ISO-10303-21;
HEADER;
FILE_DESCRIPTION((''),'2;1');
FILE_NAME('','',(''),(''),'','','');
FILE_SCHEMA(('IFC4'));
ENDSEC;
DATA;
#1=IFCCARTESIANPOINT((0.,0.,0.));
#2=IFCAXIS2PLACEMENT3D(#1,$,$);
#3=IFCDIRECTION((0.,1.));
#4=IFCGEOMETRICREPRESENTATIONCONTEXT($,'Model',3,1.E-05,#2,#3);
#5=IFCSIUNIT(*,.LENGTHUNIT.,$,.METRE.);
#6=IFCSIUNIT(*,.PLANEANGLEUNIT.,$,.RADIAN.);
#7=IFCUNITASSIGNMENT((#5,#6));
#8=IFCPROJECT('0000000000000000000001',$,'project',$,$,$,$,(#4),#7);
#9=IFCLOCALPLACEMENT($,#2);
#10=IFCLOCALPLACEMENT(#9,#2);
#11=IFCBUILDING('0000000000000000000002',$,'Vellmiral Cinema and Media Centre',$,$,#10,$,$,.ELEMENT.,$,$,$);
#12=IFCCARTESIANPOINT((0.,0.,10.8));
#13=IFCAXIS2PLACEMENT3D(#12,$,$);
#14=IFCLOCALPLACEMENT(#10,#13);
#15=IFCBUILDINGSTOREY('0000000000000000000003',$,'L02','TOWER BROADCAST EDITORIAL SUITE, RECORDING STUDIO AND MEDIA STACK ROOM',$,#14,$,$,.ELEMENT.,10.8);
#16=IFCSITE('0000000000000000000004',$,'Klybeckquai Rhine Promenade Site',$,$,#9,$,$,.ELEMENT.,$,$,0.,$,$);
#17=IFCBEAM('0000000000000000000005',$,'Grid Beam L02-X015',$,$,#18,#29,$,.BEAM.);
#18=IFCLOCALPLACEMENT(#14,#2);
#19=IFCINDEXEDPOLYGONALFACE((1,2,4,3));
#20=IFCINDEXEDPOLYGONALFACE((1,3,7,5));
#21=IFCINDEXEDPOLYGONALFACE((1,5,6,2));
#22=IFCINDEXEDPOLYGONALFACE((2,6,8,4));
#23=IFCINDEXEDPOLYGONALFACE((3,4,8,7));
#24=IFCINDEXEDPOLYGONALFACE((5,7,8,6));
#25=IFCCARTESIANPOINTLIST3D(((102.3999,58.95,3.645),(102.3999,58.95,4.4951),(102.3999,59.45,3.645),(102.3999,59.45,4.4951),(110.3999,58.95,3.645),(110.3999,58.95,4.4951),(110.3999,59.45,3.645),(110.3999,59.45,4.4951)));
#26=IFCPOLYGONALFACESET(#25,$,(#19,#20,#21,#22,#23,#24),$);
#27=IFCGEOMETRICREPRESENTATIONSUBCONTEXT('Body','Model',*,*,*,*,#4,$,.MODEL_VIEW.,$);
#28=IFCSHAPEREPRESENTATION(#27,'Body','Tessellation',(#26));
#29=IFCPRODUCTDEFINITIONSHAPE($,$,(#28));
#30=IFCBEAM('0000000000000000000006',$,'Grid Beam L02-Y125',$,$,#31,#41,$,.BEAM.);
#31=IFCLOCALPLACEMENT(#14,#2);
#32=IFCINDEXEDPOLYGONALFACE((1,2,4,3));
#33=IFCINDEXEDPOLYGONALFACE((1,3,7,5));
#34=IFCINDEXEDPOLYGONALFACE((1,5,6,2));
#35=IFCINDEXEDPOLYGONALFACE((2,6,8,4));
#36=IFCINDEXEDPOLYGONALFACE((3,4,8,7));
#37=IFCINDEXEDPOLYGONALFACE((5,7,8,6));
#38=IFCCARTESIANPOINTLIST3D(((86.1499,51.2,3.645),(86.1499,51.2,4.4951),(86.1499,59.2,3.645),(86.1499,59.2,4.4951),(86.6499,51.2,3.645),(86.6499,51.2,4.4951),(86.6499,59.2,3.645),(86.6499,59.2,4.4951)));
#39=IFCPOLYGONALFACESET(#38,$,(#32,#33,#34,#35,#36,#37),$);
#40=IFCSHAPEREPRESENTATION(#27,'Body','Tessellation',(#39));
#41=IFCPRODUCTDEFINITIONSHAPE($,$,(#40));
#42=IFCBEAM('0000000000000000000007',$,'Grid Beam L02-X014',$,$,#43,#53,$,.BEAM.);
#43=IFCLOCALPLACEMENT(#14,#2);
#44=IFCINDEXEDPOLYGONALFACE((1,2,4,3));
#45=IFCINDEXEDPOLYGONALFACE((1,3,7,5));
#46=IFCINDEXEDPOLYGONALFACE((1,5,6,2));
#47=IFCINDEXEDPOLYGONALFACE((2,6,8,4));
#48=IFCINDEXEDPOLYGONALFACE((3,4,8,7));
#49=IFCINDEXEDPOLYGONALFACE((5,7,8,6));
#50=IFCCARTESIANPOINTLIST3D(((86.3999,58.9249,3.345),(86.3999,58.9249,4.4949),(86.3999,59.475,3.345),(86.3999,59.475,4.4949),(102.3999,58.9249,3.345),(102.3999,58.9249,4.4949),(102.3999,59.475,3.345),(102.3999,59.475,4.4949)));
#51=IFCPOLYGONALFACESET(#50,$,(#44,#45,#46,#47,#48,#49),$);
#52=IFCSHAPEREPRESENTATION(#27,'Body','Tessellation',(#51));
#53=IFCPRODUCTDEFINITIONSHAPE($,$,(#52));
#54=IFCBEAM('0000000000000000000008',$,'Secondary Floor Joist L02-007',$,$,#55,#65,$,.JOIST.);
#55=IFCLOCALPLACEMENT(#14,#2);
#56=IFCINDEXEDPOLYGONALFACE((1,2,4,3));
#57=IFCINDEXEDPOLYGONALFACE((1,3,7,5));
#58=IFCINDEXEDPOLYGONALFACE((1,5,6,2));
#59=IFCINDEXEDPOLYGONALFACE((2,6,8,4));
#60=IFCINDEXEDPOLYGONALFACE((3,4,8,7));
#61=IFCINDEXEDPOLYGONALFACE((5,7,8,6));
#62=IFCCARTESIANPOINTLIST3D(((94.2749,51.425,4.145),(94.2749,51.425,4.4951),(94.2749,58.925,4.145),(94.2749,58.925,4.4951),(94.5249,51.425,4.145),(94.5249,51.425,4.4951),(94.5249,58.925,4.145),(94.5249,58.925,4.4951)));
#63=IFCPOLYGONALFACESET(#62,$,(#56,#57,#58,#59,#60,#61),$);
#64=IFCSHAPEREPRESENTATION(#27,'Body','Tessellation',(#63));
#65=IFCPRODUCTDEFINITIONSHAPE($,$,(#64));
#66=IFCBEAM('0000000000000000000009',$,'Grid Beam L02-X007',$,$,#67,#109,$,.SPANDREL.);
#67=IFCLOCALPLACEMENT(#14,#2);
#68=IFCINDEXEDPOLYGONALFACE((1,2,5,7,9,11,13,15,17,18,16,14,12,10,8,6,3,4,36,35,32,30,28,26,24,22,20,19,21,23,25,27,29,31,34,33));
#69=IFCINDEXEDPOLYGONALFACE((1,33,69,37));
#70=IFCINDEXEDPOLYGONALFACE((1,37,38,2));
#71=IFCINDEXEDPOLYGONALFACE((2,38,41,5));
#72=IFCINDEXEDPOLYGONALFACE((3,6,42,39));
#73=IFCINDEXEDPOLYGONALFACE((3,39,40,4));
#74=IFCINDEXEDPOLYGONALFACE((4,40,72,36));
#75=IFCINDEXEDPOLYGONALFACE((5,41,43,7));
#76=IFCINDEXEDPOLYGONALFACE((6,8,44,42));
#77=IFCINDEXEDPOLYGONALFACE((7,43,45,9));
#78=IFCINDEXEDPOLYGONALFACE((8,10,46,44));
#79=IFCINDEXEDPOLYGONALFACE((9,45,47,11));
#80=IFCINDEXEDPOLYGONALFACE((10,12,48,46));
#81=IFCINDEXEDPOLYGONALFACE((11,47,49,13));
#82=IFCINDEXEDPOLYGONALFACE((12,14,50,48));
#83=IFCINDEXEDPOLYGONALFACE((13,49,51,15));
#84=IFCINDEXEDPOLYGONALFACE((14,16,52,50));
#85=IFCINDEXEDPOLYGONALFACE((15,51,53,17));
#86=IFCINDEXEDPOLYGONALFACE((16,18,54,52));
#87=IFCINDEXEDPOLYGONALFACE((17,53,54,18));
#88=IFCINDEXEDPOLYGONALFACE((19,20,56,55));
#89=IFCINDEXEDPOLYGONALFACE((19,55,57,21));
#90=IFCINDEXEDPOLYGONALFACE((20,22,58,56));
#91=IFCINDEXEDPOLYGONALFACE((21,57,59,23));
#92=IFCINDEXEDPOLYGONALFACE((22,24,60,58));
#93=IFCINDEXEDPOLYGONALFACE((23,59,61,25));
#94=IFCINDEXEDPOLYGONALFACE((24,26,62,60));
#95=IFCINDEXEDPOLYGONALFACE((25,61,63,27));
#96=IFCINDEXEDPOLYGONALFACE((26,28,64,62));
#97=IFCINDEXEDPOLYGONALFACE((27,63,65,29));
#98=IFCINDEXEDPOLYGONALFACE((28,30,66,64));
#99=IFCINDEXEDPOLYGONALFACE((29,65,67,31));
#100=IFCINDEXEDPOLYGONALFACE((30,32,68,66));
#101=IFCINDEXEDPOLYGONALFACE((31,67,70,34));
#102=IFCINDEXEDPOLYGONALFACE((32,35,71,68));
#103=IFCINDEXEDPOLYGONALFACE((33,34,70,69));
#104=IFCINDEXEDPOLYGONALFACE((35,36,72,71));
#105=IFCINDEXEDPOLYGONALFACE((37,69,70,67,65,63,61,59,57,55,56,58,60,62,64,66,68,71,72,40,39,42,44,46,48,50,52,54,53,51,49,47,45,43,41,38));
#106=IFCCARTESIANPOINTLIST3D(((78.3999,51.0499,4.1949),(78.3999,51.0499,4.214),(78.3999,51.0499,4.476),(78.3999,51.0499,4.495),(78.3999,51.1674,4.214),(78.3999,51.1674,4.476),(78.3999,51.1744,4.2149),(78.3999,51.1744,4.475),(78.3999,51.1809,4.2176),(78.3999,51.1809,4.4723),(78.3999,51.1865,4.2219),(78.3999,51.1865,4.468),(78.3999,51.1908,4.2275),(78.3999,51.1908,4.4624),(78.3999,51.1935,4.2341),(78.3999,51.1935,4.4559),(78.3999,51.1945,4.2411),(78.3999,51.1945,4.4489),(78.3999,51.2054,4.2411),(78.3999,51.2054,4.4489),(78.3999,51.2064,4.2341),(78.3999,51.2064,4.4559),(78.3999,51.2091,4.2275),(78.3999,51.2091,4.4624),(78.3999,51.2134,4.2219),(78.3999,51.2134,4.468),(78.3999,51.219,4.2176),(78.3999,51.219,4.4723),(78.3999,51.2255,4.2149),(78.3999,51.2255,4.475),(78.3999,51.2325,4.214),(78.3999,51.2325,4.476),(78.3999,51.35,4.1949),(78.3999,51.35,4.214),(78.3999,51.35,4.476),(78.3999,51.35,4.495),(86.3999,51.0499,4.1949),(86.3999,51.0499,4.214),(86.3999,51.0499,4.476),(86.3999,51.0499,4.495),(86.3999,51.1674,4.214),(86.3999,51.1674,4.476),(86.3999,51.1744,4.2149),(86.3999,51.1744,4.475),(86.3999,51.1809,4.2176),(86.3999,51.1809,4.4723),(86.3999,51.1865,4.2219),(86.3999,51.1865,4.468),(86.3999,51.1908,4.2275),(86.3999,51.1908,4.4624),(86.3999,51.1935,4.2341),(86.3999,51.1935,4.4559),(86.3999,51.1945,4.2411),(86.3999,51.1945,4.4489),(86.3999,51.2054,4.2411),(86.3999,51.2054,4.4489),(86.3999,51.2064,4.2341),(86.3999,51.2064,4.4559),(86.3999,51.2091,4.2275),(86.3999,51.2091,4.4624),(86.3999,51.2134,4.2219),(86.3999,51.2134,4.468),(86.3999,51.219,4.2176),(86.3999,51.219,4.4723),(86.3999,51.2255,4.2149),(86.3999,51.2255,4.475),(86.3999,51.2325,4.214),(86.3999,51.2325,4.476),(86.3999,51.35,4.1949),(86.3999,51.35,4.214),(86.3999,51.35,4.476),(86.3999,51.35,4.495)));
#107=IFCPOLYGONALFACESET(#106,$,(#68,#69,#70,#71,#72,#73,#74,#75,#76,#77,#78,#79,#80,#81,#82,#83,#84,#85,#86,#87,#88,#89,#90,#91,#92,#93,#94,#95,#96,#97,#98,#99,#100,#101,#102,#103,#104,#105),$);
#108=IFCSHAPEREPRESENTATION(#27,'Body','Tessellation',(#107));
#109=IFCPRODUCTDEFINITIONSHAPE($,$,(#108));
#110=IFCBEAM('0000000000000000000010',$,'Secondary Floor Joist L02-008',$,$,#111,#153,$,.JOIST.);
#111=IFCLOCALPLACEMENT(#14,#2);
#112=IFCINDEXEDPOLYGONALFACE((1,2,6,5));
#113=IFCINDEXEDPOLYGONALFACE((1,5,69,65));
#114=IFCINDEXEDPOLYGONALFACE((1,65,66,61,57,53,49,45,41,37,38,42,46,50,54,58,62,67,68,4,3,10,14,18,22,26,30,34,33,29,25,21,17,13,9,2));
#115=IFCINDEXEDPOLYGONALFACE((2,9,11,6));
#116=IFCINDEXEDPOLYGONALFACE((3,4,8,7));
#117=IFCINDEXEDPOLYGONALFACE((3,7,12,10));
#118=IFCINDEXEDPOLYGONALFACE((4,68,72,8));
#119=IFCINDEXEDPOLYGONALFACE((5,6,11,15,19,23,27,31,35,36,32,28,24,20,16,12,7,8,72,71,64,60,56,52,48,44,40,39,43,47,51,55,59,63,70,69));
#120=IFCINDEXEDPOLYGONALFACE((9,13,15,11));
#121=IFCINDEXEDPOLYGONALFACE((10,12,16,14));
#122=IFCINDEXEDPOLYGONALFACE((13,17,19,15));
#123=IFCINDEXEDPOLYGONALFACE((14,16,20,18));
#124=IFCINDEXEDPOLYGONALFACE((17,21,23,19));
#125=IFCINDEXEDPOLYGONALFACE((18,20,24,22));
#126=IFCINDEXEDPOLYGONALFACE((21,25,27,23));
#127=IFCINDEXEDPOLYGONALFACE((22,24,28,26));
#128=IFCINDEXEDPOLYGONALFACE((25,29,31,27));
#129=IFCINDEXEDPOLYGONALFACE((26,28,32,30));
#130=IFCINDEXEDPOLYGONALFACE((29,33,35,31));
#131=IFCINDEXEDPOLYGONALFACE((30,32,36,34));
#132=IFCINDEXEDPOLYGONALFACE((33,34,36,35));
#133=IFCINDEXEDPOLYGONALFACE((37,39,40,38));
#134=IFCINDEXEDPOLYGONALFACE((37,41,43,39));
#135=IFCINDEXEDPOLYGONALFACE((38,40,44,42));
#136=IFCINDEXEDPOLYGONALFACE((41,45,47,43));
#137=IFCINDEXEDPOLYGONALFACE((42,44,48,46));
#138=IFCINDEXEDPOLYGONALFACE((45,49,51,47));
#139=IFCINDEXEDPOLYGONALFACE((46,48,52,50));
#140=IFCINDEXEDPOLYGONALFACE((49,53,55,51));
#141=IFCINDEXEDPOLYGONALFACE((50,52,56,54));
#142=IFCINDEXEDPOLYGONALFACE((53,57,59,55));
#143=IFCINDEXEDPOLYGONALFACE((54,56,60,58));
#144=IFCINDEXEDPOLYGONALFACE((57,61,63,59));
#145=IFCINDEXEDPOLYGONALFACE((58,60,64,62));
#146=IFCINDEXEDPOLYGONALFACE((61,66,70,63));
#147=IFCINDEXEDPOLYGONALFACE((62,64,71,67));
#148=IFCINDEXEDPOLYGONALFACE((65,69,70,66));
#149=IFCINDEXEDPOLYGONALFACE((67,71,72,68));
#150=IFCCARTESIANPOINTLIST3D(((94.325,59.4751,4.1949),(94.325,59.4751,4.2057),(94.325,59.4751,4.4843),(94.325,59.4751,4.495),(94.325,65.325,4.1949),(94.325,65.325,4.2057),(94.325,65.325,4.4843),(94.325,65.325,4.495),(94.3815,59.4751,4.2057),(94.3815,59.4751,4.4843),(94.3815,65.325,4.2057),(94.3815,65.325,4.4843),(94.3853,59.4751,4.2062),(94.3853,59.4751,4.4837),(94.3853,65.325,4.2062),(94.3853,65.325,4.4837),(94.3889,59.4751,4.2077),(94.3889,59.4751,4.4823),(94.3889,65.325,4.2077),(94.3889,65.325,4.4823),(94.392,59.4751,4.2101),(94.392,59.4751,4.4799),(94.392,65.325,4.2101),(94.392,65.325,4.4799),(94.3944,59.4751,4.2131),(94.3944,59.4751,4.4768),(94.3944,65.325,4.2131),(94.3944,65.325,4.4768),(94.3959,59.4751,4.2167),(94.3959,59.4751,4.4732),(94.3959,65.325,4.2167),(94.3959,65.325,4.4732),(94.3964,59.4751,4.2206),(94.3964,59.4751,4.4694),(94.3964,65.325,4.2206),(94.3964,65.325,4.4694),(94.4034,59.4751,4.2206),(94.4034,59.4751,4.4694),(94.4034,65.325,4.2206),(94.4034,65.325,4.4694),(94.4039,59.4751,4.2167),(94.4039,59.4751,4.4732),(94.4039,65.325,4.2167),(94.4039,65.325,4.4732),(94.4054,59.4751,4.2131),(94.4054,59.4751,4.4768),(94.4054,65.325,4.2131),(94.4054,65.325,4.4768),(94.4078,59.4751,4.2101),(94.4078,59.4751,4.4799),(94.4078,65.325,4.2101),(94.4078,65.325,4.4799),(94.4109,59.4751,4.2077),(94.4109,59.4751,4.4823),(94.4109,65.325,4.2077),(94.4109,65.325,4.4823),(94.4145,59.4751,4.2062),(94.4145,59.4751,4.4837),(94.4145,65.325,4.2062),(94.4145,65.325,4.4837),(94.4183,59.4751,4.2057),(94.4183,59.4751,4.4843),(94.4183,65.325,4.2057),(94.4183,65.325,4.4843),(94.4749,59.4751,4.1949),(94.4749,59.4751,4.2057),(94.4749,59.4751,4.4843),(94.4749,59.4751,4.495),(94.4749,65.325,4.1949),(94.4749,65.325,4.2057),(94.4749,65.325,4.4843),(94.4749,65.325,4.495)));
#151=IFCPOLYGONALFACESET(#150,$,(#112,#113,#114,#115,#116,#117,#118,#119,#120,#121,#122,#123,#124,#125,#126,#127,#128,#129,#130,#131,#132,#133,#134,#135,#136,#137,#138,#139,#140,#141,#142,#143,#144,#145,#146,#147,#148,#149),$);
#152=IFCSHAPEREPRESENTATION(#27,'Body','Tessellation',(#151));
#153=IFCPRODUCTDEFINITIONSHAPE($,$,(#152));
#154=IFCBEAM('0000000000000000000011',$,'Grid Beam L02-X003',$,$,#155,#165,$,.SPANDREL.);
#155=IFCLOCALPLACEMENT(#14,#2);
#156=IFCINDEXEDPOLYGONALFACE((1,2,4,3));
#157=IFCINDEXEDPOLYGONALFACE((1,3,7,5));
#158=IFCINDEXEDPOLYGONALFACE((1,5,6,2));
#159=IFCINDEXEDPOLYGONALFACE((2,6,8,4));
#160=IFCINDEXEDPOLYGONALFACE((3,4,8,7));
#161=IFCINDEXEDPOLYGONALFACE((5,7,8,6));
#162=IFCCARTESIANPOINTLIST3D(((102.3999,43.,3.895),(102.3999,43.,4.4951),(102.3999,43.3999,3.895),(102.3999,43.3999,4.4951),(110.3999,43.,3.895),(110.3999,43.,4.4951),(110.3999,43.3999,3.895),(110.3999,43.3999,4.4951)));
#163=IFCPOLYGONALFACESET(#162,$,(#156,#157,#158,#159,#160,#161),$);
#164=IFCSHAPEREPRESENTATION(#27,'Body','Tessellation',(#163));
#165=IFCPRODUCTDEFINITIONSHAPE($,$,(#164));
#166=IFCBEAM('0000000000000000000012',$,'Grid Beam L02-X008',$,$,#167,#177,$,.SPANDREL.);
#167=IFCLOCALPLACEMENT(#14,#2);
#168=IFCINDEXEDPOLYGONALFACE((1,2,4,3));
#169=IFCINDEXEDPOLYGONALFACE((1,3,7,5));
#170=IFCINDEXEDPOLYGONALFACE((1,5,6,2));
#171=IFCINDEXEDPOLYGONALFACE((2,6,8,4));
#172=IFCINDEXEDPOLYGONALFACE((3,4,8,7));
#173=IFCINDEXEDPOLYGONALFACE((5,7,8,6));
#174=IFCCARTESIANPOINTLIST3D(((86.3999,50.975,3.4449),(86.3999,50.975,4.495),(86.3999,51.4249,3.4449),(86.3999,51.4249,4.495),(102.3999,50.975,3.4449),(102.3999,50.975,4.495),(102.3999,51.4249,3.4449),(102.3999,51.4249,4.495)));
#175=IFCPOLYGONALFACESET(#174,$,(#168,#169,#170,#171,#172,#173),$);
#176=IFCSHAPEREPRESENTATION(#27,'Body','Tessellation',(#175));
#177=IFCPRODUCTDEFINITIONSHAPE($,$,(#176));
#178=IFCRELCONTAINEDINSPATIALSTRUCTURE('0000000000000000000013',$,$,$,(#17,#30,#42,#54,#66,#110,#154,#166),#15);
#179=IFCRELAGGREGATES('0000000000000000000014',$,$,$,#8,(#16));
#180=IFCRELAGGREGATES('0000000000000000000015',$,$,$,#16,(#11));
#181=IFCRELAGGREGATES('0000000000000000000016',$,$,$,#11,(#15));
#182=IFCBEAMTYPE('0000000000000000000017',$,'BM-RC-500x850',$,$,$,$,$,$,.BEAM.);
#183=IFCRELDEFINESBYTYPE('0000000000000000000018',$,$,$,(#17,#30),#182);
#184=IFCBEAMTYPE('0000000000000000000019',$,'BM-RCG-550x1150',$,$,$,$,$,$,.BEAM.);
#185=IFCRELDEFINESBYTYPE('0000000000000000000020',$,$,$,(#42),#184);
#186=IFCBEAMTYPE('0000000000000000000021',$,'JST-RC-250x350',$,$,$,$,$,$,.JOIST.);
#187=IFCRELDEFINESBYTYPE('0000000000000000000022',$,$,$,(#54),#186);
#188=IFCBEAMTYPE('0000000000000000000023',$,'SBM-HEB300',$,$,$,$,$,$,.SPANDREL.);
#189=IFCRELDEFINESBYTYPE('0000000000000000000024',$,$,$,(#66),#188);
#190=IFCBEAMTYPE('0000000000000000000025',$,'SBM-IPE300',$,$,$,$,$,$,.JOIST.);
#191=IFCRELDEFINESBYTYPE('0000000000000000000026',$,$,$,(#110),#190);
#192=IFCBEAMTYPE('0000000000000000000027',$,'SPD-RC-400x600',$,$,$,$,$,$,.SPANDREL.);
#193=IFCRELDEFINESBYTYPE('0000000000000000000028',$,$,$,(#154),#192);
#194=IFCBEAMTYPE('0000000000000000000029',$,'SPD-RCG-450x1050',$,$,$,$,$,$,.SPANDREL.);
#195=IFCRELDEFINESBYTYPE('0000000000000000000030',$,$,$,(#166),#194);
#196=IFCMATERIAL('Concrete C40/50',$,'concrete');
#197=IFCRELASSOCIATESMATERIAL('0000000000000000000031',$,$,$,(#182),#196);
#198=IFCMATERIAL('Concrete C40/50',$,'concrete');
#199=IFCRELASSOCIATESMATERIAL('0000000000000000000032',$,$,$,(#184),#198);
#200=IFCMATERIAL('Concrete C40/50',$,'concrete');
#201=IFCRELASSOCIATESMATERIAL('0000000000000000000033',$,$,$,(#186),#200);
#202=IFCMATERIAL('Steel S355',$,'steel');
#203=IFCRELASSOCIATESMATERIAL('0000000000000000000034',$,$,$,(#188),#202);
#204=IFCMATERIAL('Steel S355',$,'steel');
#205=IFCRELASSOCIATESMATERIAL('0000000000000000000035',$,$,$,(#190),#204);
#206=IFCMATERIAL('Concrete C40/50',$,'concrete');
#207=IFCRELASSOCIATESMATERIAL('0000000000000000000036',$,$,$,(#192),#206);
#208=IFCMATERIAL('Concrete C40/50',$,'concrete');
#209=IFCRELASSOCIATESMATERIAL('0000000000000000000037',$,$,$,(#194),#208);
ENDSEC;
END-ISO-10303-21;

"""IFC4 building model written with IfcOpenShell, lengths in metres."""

from ifc_helpers import new_model, si_unit, direction, frame, origin, origin_2d, place, context, subcontext, project, spatial, rectangle, i_section, extrude, material, material_profile, profile_set, type_object, element, save


model = new_model("IFC4")

# Units and contexts
model_context = context("Model", 3, precision=1e-05, world=origin(), true_north=direction((0.0, 1.0)))
body_context = subcontext(model_context, "Body", "Model", "MODEL_VIEW")
ifc_project = project(units=[si_unit("LENGTHUNIT", "METRE"), si_unit("PLANEANGLEUNIT", "RADIAN")], contexts=[model_context])

# Site, building, storey
site_placement = place(None, origin())
site = spatial("IfcSite", under=ifc_project, at=site_placement, Name="Klybeckquai Rhine Promenade Site", CompositionType="ELEMENT", RefElevation=0.0)
building_placement = place(site_placement, origin())
building = spatial("IfcBuilding", under=site, at=building_placement, Name="Vellmiral Cinema and Media Centre", CompositionType="ELEMENT")
storey_placement = place(building_placement, frame((0.0, 0.0, 10.8)))
storey = spatial("IfcBuildingStorey", under=building, at=storey_placement, Name="L02", Description="TOWER BROADCAST EDITORIAL SUITE, RECORDING STUDIO AND MEDIA STACK ROOM", CompositionType="ELEMENT", Elevation=10.8)

# Beams
ifc_material_1 = material(Name="Concrete C40/50", Category="concrete")
ifc_material_profile_1 = material_profile(ifc_material_1, rectangle(XDim=0.5, YDim=0.8501, at=origin_2d()), Name="RC 500x850")
ifc_profile_set_1 = profile_set([ifc_material_profile_1], Name="Concrete C40/50")
beam_type_1 = type_object("IfcBeamType", Name="BM-RC-500x850", PredefinedType="BEAM", material=ifc_profile_set_1)
for number, where, z_axis, x_axis, name in (
    (1, (102.3999, 59.2, 4.0701), (1.0, 0.0, 0.0), (0.0, 1.0, 0.0), "Grid Beam L02-X015"),
    (2, (86.3999, 51.2, 4.0701), (0.0, 1.0, 0.0), (-1.0, 0.0, 0.0), "Grid Beam L02-Y125"),
):
    element("IfcBeam", number, at=place(storey_placement, frame(where, z_axis=z_axis, x_axis=x_axis)), inside=storey, type_object=beam_type_1, Name=name, PredefinedType="BEAM", context=body_context, shape_type="SweptSolid", body=[
        extrude(rectangle(XDim=0.5, YDim=0.8501, at=origin_2d()), origin(), (0.0, 0.0, 1.0), 8.0),
    ])
ifc_material_2 = material(Name="Concrete C40/50", Category="concrete")
ifc_material_profile_2 = material_profile(ifc_material_2, rectangle(XDim=0.55, YDim=1.1499, at=origin_2d()), Name="RC 550x1150")
ifc_profile_set_2 = profile_set([ifc_material_profile_2], Name="Concrete C40/50")
beam_type_2 = type_object("IfcBeamType", Name="BM-RCG-550x1150", PredefinedType="BEAM", material=ifc_profile_set_2)
beam_1_placement = place(storey_placement, frame((86.3999, 59.2, 3.9199), z_axis=(1.0, 0.0, 0.0), x_axis=(0.0, 1.0, 0.0)))
element("IfcBeam", 3, at=beam_1_placement, inside=storey, type_object=beam_type_2, Name="Grid Beam L02-X014", PredefinedType="BEAM", context=body_context, shape_type="SweptSolid", body=[
    extrude(rectangle(XDim=0.55, YDim=1.1499, at=origin_2d()), origin(), (0.0, 0.0, 1.0), 16.0),
])
ifc_material_3 = material(Name="Concrete C40/50", Category="concrete")
ifc_material_profile_3 = material_profile(ifc_material_3, rectangle(XDim=0.25, YDim=0.3501, at=origin_2d()), Name="RC 250x350")
ifc_profile_set_3 = profile_set([ifc_material_profile_3], Name="Concrete C40/50")
beam_type_3 = type_object("IfcBeamType", Name="JST-RC-250x350", PredefinedType="JOIST", material=ifc_profile_set_3)
beam_2_placement = place(storey_placement, frame((94.3999, 51.425, 4.3201), z_axis=(0.0, 1.0, 0.0), x_axis=(-1.0, 0.0, 0.0)))
element("IfcBeam", 4, at=beam_2_placement, inside=storey, type_object=beam_type_3, Name="Secondary Floor Joist L02-007", PredefinedType="JOIST", context=body_context, shape_type="SweptSolid", body=[
    extrude(rectangle(XDim=0.25, YDim=0.3501, at=origin_2d()), origin(), (0.0, 0.0, 1.0), 7.5),
])
ifc_material_4 = material(Name="Steel S355", Category="steel")
ifc_material_profile_4 = material_profile(ifc_material_4, i_section(OverallWidth=0.3, OverallDepth=0.3, WebThickness=0.011, FlangeThickness=0.019, FilletRadius=0.0271, at=origin_2d()), Name="HEB 300")
ifc_profile_set_4 = profile_set([ifc_material_profile_4], Name="Steel S355")
beam_type_4 = type_object("IfcBeamType", Name="SBM-HEB300", PredefinedType="SPANDREL", material=ifc_profile_set_4)
beam_3_placement = place(storey_placement, frame((78.3999, 51.2, 4.345), z_axis=(1.0, 0.0, 0.0), x_axis=(0.0, 1.0, 0.0)))
element("IfcBeam", 5, at=beam_3_placement, inside=storey, type_object=beam_type_4, Name="Grid Beam L02-X007", PredefinedType="SPANDREL", context=body_context, shape_type="SweptSolid", body=[
    extrude(i_section(OverallWidth=0.3, OverallDepth=0.3, WebThickness=0.011, FlangeThickness=0.019, FilletRadius=0.0271, at=origin_2d()), origin(), (0.0, 0.0, 1.0), 8.0),
])
ifc_material_5 = material(Name="Steel S355", Category="steel")
ifc_material_profile_5 = material_profile(ifc_material_5, i_section(OverallWidth=0.1499, OverallDepth=0.3, WebThickness=0.0071, FlangeThickness=0.0107, FilletRadius=0.0149, at=origin_2d()), Name="IPE 300")
ifc_profile_set_5 = profile_set([ifc_material_profile_5], Name="Steel S355")
beam_type_5 = type_object("IfcBeamType", Name="SBM-IPE300", PredefinedType="JOIST", material=ifc_profile_set_5)
beam_4_placement = place(storey_placement, frame((94.3999, 59.4751, 4.345), z_axis=(0.0, 1.0, 0.0), x_axis=(-1.0, 0.0, 0.0)))
element("IfcBeam", 6, at=beam_4_placement, inside=storey, type_object=beam_type_5, Name="Secondary Floor Joist L02-008", PredefinedType="JOIST", context=body_context, shape_type="SweptSolid", body=[
    extrude(i_section(OverallWidth=0.1499, OverallDepth=0.3, WebThickness=0.0071, FlangeThickness=0.0107, FilletRadius=0.0149, at=origin_2d()), origin(), (0.0, 0.0, 1.0), 5.8499),
])
ifc_material_6 = material(Name="Concrete C40/50", Category="concrete")
ifc_material_profile_6 = material_profile(ifc_material_6, rectangle(XDim=0.3999, YDim=0.6001, at=origin_2d()), Name="RC 400x600")
ifc_profile_set_6 = profile_set([ifc_material_profile_6], Name="Concrete C40/50")
beam_type_6 = type_object("IfcBeamType", Name="SPD-RC-400x600", PredefinedType="SPANDREL", material=ifc_profile_set_6)
beam_5_placement = place(storey_placement, frame((102.3999, 43.2, 4.1951), z_axis=(1.0, 0.0, 0.0), x_axis=(0.0, 1.0, 0.0)))
element("IfcBeam", 7, at=beam_5_placement, inside=storey, type_object=beam_type_6, Name="Grid Beam L02-X003", PredefinedType="SPANDREL", context=body_context, shape_type="SweptSolid", body=[
    extrude(rectangle(XDim=0.3999, YDim=0.6001, at=origin_2d()), origin(), (0.0, 0.0, 1.0), 8.0),
])
ifc_material_7 = material(Name="Concrete C40/50", Category="concrete")
ifc_material_profile_7 = material_profile(ifc_material_7, rectangle(XDim=0.45, YDim=1.05, at=origin_2d()), Name="RC 450x1050")
ifc_profile_set_7 = profile_set([ifc_material_profile_7], Name="Concrete C40/50")
beam_type_7 = type_object("IfcBeamType", Name="SPD-RCG-450x1050", PredefinedType="SPANDREL", material=ifc_profile_set_7)
beam_6_placement = place(storey_placement, frame((86.3999, 51.2, 3.97), z_axis=(1.0, 0.0, 0.0), x_axis=(0.0, 1.0, 0.0)))
element("IfcBeam", 8, at=beam_6_placement, inside=storey, type_object=beam_type_7, Name="Grid Beam L02-X008", PredefinedType="SPANDREL", context=body_context, shape_type="SweptSolid", body=[
    extrude(rectangle(XDim=0.45, YDim=1.05, at=origin_2d()), origin(), (0.0, 0.0, 1.0), 16.0),
])

save(model, "model.ifc")
